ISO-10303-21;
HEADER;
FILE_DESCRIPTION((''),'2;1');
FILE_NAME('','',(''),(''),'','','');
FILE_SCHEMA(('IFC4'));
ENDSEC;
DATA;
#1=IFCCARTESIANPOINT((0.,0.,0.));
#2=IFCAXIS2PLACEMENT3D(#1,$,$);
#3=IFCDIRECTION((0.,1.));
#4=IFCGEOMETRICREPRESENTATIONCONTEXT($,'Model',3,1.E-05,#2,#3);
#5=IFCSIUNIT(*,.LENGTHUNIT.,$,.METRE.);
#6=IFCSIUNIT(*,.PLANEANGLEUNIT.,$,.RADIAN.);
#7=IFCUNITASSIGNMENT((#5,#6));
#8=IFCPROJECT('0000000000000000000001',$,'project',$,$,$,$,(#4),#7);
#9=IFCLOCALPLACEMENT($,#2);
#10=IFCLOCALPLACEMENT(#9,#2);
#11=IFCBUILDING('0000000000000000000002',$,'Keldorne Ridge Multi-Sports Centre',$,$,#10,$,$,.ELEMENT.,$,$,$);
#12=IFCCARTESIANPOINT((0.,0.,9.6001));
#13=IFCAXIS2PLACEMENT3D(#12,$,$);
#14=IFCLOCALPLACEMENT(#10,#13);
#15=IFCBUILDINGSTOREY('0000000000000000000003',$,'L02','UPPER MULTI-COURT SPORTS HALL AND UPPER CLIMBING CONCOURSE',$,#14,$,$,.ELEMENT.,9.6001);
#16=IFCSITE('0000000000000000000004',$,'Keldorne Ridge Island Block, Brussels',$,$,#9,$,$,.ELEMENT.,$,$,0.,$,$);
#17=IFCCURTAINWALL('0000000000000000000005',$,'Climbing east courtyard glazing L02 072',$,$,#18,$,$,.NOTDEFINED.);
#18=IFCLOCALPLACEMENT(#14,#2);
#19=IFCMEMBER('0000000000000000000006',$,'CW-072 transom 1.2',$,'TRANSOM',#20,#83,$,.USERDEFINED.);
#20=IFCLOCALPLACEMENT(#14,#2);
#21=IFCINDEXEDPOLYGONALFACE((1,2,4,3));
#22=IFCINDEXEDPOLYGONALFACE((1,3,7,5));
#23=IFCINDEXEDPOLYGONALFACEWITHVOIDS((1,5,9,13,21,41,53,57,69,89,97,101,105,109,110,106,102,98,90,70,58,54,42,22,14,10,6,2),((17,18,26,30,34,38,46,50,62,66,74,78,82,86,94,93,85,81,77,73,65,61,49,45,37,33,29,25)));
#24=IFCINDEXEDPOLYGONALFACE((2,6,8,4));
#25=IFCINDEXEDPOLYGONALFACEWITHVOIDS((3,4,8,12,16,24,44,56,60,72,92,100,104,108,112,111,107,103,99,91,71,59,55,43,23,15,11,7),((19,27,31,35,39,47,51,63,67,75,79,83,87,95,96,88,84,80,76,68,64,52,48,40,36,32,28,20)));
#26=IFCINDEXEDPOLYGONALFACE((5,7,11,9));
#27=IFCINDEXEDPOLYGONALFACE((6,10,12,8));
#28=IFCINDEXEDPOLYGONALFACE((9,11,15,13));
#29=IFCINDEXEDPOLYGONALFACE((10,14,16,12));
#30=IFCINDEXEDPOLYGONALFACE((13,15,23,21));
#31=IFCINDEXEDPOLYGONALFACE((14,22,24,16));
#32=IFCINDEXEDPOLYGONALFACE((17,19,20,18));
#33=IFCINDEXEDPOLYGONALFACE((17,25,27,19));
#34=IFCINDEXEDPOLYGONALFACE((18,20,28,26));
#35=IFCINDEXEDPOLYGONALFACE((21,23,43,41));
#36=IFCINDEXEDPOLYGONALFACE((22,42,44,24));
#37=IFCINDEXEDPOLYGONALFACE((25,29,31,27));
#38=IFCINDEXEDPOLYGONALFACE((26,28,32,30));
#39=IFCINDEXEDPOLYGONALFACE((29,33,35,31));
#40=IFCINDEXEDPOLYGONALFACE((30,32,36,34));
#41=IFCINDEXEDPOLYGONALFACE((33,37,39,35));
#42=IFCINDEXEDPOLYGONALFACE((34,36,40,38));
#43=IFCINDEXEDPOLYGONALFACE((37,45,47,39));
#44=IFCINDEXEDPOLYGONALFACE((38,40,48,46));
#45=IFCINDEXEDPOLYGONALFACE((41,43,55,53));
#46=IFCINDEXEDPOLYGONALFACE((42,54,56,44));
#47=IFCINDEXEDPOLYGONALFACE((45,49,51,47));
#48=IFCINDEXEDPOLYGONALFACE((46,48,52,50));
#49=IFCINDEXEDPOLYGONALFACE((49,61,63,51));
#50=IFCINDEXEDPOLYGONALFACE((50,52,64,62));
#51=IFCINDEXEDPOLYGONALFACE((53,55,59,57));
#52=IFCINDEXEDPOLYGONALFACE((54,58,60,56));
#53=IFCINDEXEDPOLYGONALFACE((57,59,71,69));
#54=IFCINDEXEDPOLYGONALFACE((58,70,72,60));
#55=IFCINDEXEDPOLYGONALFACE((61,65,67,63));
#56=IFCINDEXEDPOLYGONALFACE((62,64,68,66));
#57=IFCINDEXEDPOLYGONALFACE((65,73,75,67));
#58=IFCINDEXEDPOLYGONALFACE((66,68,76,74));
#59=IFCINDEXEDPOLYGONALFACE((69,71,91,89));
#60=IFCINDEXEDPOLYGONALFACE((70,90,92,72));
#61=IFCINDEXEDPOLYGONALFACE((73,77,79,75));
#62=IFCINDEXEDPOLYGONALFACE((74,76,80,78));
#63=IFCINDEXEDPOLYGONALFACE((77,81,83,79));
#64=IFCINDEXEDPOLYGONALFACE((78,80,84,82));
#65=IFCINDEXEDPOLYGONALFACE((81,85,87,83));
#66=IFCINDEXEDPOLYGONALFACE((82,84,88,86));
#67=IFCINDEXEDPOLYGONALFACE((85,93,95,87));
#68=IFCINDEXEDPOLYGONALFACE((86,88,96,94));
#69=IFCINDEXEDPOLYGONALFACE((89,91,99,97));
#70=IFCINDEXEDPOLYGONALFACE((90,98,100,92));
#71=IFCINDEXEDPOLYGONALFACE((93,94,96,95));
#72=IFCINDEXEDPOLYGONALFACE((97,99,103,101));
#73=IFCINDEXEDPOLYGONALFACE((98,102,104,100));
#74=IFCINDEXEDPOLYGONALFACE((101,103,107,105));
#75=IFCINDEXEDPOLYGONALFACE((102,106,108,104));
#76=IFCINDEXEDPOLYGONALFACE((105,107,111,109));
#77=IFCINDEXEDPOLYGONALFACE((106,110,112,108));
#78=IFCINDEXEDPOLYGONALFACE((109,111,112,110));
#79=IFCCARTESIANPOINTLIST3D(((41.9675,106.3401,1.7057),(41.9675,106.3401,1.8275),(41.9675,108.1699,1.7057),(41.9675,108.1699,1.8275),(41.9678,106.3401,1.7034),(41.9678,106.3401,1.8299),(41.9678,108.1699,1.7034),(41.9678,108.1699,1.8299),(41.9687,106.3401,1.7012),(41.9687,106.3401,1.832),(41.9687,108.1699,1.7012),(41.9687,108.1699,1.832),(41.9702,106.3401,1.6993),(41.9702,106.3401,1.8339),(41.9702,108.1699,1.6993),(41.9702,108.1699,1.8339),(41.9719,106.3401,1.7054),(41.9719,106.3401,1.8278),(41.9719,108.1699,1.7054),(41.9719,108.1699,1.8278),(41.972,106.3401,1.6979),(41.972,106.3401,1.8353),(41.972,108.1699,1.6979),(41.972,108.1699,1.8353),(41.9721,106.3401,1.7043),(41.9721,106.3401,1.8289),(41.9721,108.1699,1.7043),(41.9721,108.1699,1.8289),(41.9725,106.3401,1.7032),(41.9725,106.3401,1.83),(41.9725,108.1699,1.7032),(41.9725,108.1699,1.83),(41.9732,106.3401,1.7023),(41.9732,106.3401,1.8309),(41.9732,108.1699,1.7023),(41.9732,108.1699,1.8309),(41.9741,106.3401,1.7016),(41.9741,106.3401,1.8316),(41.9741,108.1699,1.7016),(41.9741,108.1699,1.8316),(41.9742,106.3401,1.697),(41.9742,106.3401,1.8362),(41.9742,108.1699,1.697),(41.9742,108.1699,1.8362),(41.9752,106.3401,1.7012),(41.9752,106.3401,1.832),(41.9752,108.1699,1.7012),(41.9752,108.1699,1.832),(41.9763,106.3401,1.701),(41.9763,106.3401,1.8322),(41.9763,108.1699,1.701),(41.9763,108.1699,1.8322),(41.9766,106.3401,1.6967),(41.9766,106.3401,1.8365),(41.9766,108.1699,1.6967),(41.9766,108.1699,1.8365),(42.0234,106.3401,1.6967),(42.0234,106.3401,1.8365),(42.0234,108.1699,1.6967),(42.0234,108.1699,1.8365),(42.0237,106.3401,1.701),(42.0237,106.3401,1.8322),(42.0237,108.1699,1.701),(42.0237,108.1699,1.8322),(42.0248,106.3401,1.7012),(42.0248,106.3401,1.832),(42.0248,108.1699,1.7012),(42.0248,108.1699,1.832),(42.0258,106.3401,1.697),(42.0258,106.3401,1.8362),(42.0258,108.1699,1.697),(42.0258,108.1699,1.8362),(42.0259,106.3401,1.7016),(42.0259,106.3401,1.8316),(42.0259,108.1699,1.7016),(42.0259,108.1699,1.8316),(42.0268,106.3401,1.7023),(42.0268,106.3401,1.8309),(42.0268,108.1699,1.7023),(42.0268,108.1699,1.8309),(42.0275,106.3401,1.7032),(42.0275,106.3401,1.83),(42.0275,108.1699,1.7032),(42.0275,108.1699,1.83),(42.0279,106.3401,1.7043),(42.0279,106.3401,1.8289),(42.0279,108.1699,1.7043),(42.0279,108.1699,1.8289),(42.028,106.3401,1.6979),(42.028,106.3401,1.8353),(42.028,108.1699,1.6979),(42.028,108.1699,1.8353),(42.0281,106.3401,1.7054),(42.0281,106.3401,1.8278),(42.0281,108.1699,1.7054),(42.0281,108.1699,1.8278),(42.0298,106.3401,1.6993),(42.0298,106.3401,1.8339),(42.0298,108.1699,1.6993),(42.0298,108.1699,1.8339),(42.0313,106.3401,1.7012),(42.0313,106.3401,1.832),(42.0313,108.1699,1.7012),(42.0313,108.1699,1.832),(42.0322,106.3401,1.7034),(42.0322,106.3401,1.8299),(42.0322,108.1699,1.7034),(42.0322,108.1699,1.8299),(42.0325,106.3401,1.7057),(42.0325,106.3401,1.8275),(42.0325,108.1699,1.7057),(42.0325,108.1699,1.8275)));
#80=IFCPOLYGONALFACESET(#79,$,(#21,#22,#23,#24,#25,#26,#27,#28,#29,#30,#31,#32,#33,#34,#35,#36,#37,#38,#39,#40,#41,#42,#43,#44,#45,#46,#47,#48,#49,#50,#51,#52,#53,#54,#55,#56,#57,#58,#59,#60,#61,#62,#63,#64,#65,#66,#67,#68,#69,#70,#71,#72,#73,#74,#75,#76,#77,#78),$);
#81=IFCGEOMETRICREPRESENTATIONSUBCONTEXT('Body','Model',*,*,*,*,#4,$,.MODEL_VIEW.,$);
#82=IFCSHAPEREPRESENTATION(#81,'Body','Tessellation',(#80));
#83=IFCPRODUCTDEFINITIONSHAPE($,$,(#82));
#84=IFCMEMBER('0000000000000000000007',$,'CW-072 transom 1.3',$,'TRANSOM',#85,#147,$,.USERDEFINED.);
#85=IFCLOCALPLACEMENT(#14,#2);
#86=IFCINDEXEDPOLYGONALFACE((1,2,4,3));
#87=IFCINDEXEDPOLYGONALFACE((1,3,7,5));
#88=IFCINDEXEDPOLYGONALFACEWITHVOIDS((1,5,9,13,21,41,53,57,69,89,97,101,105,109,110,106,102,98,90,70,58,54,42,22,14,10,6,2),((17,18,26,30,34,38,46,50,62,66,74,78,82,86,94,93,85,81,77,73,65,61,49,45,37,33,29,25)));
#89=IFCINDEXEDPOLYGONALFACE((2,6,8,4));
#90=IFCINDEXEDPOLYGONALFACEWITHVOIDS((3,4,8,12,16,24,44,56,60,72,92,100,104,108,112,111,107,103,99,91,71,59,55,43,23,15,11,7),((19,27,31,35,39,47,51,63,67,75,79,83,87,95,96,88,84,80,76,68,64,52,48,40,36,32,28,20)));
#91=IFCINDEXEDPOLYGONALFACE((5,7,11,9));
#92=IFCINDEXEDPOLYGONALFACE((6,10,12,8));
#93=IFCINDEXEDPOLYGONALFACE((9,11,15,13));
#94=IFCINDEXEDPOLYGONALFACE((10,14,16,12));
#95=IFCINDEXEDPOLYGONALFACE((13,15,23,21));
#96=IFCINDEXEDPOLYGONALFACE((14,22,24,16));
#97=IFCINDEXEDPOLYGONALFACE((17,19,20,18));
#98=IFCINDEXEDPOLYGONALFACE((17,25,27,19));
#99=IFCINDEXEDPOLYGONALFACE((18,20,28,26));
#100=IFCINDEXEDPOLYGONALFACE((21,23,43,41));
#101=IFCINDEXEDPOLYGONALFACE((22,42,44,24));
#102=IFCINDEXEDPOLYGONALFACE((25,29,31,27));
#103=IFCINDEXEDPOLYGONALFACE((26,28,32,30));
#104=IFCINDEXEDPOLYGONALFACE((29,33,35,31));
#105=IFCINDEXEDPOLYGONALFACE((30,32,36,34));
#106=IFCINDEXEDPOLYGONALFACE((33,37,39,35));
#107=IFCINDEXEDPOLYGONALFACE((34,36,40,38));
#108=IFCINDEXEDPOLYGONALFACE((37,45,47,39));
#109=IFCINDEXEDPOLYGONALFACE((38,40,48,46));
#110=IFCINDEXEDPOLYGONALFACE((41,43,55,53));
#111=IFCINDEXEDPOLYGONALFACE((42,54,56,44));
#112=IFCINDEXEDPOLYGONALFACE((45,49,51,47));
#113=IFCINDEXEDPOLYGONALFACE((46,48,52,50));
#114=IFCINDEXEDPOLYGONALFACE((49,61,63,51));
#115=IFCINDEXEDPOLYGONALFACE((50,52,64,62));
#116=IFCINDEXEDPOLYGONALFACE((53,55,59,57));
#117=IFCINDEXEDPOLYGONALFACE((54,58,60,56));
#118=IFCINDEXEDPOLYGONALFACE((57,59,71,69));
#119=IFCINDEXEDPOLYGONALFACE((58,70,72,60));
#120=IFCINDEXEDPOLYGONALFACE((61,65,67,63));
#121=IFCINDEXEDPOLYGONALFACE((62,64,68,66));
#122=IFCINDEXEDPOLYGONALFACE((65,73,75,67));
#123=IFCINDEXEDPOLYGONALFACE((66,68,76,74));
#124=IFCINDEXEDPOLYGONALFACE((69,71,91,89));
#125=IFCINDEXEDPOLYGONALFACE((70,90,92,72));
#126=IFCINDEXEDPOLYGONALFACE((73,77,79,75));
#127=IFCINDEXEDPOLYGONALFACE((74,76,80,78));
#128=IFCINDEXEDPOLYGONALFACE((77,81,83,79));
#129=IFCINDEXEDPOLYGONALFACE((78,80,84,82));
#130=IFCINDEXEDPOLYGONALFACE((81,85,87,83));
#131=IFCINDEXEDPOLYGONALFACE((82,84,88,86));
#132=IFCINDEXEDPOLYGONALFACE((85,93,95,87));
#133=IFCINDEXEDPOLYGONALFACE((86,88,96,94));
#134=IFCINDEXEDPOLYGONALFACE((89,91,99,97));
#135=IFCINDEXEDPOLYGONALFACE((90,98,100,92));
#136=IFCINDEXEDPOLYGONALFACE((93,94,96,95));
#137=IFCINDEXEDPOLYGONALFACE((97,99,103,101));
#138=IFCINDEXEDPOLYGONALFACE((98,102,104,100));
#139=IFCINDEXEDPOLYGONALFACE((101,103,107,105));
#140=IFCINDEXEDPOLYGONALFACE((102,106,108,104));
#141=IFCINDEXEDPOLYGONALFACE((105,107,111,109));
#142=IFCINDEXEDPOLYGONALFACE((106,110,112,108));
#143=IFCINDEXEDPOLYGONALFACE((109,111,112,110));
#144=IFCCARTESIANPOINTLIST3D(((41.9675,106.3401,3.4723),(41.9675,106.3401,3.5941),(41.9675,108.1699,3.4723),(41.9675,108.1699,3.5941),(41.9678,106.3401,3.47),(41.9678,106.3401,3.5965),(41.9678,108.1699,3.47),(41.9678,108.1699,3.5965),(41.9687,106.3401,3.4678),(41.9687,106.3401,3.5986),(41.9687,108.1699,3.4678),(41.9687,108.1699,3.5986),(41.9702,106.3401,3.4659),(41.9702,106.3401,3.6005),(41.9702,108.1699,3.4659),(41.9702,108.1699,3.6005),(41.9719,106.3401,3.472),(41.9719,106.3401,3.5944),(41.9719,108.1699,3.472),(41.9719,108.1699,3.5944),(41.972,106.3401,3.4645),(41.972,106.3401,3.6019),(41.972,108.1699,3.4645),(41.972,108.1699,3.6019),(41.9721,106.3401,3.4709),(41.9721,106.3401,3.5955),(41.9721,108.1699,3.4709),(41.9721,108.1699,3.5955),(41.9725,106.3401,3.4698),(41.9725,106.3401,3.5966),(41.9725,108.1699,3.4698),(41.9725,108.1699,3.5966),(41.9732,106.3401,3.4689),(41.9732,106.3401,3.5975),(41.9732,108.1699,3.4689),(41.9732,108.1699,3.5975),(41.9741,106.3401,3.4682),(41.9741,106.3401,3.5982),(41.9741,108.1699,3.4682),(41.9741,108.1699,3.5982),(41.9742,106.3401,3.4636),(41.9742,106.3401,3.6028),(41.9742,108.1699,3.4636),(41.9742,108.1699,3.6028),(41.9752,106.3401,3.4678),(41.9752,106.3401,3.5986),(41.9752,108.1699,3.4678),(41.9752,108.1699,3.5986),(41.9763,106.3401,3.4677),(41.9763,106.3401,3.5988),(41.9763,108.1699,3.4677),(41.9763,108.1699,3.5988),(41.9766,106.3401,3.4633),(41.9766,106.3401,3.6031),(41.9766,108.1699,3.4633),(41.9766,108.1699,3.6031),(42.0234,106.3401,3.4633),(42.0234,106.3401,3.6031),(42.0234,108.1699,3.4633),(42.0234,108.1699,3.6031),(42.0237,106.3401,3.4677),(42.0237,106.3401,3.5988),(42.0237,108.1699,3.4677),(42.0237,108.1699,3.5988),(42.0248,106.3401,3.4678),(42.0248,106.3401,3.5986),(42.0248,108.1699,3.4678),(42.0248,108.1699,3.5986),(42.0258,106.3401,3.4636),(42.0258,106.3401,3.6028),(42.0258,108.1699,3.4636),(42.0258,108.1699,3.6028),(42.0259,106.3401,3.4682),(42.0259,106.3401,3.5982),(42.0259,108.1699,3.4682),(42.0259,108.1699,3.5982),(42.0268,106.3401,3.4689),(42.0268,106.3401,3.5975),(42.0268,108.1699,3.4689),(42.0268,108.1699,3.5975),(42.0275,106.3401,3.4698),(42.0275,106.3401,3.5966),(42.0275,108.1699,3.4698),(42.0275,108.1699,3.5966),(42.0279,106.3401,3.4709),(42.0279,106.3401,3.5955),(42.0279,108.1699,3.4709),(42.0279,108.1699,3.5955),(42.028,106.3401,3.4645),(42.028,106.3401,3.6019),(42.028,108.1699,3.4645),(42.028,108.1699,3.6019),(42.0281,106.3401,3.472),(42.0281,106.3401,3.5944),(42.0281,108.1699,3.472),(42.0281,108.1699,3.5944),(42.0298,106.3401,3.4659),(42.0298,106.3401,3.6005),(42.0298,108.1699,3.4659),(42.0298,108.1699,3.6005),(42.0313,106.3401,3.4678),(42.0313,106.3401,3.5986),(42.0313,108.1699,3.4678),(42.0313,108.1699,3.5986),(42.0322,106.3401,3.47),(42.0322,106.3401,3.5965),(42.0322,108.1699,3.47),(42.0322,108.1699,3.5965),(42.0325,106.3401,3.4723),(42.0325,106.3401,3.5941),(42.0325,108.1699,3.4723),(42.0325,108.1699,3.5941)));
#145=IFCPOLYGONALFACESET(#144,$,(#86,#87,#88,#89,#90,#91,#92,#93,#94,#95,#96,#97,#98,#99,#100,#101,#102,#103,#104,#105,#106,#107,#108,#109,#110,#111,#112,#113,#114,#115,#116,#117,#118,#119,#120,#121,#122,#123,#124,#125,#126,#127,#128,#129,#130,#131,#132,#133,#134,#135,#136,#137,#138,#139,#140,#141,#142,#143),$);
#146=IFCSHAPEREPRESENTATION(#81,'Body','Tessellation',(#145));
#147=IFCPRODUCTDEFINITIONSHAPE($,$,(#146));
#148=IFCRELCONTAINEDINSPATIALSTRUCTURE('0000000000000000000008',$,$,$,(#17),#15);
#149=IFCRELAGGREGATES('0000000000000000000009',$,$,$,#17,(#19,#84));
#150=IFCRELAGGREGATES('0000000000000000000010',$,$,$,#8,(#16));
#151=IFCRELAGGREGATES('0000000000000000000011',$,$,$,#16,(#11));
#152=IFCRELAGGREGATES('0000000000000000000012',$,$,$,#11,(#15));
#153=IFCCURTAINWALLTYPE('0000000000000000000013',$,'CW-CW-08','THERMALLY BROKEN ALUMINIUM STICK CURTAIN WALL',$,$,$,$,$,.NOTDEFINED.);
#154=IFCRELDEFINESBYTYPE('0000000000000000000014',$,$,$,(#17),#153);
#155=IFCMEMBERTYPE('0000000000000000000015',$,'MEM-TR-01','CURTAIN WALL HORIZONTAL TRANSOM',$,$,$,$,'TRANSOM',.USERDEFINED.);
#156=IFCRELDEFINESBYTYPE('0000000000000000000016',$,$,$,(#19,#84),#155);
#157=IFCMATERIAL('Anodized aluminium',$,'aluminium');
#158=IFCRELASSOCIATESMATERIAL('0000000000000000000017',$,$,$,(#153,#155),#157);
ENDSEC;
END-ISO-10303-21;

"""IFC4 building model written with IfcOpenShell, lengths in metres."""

from ifc_helpers import new_model, si_unit, direction, frame, origin, origin_2d, place, context, subcontext, project, spatial, hollow_rectangle, extrude, material, material_profile, profile_set, type_object, element, aggregate, save


model = new_model("IFC4")

# Units and contexts
model_context = context("Model", 3, precision=1e-05, world=origin(), true_north=direction((0.0, 1.0)))
body_context = subcontext(model_context, "Body", "Model", "MODEL_VIEW")
ifc_project = project(units=[si_unit("LENGTHUNIT", "METRE"), si_unit("PLANEANGLEUNIT", "RADIAN")], contexts=[model_context])

# Site, building, storey
site_placement = place(None, origin())
site = spatial("IfcSite", under=ifc_project, at=site_placement, Name="Keldorne Ridge Island Block, Brussels", CompositionType="ELEMENT", RefElevation=0.0)
building_placement = place(site_placement, origin())
building = spatial("IfcBuilding", under=site, at=building_placement, Name="Keldorne Ridge Multi-Sports Centre", CompositionType="ELEMENT")
storey_placement = place(building_placement, frame((0.0, 0.0, 9.6001)))
storey = spatial("IfcBuildingStorey", under=building, at=storey_placement, Name="L02", Description="UPPER MULTI-COURT SPORTS HALL AND UPPER CLIMBING CONCOURSE", CompositionType="ELEMENT", Elevation=9.6001)

# Curtain wall, members
ifc_material_1 = material(Name="Anodized aluminium", Category="aluminium")
curtain_wall_type = type_object("IfcCurtainWallType", Name="CW-CW-08", Description="THERMALLY BROKEN ALUMINIUM STICK CURTAIN WALL", PredefinedType="NOTDEFINED", material=ifc_material_1)
curtain_wall_placement = place(storey_placement, origin())
curtain_wall = element("IfcCurtainWall", 1, at=curtain_wall_placement, inside=storey, type_object=curtain_wall_type, Name="Climbing east courtyard glazing L02 072", PredefinedType="NOTDEFINED")
ifc_material_profile_1 = material_profile(ifc_material_1, hollow_rectangle(XDim=0.0649, YDim=0.1399, WallThickness=0.0044, InnerFilletRadius=0.0044, OuterFilletRadius=0.009, at=origin_2d()), Name="ALU TRANSOM 140x65x4.5")
ifc_profile_set_1 = profile_set([ifc_material_profile_1], Name="Anodized aluminium")
member_type_1 = type_object("IfcMemberType", Name="MEM-TR-01", Description="CURTAIN WALL HORIZONTAL TRANSOM", ElementType="TRANSOM", PredefinedType="USERDEFINED", material=ifc_profile_set_1)
member_1_placement = place(storey_placement, frame((42.0, 106.3401, 1.7666), z_axis=(0.0, 1.0, 0.0), x_axis=(-1.0, 0.0, 0.0)))
member_1 = element("IfcMember", 2, at=member_1_placement, type_object=member_type_1, Name="CW-072 transom 1.2", ObjectType="TRANSOM", PredefinedType="USERDEFINED", context=body_context, shape_type="SweptSolid", body=[
    extrude(hollow_rectangle(XDim=0.0649, YDim=0.1399, WallThickness=0.0044, InnerFilletRadius=0.0044, OuterFilletRadius=0.009, at=origin_2d()), origin(), (0.0, 0.0, 1.0), 1.8298),
])
member_2_placement = place(storey_placement, frame((42.0, 106.3401, 3.5332), z_axis=(0.0, 1.0, 0.0), x_axis=(-1.0, 0.0, 0.0)))
member_2 = element("IfcMember", 3, at=member_2_placement, type_object=member_type_1, Name="CW-072 transom 1.3", ObjectType="TRANSOM", PredefinedType="USERDEFINED", context=body_context, shape_type="SweptSolid", body=[
    extrude(hollow_rectangle(XDim=0.0649, YDim=0.1399, WallThickness=0.0044, InnerFilletRadius=0.0044, OuterFilletRadius=0.009, at=origin_2d()), origin(), (0.0, 0.0, 1.0), 1.8298),
])
aggregate(curtain_wall, [member_1, member_2])

save(model, "model.ifc")
